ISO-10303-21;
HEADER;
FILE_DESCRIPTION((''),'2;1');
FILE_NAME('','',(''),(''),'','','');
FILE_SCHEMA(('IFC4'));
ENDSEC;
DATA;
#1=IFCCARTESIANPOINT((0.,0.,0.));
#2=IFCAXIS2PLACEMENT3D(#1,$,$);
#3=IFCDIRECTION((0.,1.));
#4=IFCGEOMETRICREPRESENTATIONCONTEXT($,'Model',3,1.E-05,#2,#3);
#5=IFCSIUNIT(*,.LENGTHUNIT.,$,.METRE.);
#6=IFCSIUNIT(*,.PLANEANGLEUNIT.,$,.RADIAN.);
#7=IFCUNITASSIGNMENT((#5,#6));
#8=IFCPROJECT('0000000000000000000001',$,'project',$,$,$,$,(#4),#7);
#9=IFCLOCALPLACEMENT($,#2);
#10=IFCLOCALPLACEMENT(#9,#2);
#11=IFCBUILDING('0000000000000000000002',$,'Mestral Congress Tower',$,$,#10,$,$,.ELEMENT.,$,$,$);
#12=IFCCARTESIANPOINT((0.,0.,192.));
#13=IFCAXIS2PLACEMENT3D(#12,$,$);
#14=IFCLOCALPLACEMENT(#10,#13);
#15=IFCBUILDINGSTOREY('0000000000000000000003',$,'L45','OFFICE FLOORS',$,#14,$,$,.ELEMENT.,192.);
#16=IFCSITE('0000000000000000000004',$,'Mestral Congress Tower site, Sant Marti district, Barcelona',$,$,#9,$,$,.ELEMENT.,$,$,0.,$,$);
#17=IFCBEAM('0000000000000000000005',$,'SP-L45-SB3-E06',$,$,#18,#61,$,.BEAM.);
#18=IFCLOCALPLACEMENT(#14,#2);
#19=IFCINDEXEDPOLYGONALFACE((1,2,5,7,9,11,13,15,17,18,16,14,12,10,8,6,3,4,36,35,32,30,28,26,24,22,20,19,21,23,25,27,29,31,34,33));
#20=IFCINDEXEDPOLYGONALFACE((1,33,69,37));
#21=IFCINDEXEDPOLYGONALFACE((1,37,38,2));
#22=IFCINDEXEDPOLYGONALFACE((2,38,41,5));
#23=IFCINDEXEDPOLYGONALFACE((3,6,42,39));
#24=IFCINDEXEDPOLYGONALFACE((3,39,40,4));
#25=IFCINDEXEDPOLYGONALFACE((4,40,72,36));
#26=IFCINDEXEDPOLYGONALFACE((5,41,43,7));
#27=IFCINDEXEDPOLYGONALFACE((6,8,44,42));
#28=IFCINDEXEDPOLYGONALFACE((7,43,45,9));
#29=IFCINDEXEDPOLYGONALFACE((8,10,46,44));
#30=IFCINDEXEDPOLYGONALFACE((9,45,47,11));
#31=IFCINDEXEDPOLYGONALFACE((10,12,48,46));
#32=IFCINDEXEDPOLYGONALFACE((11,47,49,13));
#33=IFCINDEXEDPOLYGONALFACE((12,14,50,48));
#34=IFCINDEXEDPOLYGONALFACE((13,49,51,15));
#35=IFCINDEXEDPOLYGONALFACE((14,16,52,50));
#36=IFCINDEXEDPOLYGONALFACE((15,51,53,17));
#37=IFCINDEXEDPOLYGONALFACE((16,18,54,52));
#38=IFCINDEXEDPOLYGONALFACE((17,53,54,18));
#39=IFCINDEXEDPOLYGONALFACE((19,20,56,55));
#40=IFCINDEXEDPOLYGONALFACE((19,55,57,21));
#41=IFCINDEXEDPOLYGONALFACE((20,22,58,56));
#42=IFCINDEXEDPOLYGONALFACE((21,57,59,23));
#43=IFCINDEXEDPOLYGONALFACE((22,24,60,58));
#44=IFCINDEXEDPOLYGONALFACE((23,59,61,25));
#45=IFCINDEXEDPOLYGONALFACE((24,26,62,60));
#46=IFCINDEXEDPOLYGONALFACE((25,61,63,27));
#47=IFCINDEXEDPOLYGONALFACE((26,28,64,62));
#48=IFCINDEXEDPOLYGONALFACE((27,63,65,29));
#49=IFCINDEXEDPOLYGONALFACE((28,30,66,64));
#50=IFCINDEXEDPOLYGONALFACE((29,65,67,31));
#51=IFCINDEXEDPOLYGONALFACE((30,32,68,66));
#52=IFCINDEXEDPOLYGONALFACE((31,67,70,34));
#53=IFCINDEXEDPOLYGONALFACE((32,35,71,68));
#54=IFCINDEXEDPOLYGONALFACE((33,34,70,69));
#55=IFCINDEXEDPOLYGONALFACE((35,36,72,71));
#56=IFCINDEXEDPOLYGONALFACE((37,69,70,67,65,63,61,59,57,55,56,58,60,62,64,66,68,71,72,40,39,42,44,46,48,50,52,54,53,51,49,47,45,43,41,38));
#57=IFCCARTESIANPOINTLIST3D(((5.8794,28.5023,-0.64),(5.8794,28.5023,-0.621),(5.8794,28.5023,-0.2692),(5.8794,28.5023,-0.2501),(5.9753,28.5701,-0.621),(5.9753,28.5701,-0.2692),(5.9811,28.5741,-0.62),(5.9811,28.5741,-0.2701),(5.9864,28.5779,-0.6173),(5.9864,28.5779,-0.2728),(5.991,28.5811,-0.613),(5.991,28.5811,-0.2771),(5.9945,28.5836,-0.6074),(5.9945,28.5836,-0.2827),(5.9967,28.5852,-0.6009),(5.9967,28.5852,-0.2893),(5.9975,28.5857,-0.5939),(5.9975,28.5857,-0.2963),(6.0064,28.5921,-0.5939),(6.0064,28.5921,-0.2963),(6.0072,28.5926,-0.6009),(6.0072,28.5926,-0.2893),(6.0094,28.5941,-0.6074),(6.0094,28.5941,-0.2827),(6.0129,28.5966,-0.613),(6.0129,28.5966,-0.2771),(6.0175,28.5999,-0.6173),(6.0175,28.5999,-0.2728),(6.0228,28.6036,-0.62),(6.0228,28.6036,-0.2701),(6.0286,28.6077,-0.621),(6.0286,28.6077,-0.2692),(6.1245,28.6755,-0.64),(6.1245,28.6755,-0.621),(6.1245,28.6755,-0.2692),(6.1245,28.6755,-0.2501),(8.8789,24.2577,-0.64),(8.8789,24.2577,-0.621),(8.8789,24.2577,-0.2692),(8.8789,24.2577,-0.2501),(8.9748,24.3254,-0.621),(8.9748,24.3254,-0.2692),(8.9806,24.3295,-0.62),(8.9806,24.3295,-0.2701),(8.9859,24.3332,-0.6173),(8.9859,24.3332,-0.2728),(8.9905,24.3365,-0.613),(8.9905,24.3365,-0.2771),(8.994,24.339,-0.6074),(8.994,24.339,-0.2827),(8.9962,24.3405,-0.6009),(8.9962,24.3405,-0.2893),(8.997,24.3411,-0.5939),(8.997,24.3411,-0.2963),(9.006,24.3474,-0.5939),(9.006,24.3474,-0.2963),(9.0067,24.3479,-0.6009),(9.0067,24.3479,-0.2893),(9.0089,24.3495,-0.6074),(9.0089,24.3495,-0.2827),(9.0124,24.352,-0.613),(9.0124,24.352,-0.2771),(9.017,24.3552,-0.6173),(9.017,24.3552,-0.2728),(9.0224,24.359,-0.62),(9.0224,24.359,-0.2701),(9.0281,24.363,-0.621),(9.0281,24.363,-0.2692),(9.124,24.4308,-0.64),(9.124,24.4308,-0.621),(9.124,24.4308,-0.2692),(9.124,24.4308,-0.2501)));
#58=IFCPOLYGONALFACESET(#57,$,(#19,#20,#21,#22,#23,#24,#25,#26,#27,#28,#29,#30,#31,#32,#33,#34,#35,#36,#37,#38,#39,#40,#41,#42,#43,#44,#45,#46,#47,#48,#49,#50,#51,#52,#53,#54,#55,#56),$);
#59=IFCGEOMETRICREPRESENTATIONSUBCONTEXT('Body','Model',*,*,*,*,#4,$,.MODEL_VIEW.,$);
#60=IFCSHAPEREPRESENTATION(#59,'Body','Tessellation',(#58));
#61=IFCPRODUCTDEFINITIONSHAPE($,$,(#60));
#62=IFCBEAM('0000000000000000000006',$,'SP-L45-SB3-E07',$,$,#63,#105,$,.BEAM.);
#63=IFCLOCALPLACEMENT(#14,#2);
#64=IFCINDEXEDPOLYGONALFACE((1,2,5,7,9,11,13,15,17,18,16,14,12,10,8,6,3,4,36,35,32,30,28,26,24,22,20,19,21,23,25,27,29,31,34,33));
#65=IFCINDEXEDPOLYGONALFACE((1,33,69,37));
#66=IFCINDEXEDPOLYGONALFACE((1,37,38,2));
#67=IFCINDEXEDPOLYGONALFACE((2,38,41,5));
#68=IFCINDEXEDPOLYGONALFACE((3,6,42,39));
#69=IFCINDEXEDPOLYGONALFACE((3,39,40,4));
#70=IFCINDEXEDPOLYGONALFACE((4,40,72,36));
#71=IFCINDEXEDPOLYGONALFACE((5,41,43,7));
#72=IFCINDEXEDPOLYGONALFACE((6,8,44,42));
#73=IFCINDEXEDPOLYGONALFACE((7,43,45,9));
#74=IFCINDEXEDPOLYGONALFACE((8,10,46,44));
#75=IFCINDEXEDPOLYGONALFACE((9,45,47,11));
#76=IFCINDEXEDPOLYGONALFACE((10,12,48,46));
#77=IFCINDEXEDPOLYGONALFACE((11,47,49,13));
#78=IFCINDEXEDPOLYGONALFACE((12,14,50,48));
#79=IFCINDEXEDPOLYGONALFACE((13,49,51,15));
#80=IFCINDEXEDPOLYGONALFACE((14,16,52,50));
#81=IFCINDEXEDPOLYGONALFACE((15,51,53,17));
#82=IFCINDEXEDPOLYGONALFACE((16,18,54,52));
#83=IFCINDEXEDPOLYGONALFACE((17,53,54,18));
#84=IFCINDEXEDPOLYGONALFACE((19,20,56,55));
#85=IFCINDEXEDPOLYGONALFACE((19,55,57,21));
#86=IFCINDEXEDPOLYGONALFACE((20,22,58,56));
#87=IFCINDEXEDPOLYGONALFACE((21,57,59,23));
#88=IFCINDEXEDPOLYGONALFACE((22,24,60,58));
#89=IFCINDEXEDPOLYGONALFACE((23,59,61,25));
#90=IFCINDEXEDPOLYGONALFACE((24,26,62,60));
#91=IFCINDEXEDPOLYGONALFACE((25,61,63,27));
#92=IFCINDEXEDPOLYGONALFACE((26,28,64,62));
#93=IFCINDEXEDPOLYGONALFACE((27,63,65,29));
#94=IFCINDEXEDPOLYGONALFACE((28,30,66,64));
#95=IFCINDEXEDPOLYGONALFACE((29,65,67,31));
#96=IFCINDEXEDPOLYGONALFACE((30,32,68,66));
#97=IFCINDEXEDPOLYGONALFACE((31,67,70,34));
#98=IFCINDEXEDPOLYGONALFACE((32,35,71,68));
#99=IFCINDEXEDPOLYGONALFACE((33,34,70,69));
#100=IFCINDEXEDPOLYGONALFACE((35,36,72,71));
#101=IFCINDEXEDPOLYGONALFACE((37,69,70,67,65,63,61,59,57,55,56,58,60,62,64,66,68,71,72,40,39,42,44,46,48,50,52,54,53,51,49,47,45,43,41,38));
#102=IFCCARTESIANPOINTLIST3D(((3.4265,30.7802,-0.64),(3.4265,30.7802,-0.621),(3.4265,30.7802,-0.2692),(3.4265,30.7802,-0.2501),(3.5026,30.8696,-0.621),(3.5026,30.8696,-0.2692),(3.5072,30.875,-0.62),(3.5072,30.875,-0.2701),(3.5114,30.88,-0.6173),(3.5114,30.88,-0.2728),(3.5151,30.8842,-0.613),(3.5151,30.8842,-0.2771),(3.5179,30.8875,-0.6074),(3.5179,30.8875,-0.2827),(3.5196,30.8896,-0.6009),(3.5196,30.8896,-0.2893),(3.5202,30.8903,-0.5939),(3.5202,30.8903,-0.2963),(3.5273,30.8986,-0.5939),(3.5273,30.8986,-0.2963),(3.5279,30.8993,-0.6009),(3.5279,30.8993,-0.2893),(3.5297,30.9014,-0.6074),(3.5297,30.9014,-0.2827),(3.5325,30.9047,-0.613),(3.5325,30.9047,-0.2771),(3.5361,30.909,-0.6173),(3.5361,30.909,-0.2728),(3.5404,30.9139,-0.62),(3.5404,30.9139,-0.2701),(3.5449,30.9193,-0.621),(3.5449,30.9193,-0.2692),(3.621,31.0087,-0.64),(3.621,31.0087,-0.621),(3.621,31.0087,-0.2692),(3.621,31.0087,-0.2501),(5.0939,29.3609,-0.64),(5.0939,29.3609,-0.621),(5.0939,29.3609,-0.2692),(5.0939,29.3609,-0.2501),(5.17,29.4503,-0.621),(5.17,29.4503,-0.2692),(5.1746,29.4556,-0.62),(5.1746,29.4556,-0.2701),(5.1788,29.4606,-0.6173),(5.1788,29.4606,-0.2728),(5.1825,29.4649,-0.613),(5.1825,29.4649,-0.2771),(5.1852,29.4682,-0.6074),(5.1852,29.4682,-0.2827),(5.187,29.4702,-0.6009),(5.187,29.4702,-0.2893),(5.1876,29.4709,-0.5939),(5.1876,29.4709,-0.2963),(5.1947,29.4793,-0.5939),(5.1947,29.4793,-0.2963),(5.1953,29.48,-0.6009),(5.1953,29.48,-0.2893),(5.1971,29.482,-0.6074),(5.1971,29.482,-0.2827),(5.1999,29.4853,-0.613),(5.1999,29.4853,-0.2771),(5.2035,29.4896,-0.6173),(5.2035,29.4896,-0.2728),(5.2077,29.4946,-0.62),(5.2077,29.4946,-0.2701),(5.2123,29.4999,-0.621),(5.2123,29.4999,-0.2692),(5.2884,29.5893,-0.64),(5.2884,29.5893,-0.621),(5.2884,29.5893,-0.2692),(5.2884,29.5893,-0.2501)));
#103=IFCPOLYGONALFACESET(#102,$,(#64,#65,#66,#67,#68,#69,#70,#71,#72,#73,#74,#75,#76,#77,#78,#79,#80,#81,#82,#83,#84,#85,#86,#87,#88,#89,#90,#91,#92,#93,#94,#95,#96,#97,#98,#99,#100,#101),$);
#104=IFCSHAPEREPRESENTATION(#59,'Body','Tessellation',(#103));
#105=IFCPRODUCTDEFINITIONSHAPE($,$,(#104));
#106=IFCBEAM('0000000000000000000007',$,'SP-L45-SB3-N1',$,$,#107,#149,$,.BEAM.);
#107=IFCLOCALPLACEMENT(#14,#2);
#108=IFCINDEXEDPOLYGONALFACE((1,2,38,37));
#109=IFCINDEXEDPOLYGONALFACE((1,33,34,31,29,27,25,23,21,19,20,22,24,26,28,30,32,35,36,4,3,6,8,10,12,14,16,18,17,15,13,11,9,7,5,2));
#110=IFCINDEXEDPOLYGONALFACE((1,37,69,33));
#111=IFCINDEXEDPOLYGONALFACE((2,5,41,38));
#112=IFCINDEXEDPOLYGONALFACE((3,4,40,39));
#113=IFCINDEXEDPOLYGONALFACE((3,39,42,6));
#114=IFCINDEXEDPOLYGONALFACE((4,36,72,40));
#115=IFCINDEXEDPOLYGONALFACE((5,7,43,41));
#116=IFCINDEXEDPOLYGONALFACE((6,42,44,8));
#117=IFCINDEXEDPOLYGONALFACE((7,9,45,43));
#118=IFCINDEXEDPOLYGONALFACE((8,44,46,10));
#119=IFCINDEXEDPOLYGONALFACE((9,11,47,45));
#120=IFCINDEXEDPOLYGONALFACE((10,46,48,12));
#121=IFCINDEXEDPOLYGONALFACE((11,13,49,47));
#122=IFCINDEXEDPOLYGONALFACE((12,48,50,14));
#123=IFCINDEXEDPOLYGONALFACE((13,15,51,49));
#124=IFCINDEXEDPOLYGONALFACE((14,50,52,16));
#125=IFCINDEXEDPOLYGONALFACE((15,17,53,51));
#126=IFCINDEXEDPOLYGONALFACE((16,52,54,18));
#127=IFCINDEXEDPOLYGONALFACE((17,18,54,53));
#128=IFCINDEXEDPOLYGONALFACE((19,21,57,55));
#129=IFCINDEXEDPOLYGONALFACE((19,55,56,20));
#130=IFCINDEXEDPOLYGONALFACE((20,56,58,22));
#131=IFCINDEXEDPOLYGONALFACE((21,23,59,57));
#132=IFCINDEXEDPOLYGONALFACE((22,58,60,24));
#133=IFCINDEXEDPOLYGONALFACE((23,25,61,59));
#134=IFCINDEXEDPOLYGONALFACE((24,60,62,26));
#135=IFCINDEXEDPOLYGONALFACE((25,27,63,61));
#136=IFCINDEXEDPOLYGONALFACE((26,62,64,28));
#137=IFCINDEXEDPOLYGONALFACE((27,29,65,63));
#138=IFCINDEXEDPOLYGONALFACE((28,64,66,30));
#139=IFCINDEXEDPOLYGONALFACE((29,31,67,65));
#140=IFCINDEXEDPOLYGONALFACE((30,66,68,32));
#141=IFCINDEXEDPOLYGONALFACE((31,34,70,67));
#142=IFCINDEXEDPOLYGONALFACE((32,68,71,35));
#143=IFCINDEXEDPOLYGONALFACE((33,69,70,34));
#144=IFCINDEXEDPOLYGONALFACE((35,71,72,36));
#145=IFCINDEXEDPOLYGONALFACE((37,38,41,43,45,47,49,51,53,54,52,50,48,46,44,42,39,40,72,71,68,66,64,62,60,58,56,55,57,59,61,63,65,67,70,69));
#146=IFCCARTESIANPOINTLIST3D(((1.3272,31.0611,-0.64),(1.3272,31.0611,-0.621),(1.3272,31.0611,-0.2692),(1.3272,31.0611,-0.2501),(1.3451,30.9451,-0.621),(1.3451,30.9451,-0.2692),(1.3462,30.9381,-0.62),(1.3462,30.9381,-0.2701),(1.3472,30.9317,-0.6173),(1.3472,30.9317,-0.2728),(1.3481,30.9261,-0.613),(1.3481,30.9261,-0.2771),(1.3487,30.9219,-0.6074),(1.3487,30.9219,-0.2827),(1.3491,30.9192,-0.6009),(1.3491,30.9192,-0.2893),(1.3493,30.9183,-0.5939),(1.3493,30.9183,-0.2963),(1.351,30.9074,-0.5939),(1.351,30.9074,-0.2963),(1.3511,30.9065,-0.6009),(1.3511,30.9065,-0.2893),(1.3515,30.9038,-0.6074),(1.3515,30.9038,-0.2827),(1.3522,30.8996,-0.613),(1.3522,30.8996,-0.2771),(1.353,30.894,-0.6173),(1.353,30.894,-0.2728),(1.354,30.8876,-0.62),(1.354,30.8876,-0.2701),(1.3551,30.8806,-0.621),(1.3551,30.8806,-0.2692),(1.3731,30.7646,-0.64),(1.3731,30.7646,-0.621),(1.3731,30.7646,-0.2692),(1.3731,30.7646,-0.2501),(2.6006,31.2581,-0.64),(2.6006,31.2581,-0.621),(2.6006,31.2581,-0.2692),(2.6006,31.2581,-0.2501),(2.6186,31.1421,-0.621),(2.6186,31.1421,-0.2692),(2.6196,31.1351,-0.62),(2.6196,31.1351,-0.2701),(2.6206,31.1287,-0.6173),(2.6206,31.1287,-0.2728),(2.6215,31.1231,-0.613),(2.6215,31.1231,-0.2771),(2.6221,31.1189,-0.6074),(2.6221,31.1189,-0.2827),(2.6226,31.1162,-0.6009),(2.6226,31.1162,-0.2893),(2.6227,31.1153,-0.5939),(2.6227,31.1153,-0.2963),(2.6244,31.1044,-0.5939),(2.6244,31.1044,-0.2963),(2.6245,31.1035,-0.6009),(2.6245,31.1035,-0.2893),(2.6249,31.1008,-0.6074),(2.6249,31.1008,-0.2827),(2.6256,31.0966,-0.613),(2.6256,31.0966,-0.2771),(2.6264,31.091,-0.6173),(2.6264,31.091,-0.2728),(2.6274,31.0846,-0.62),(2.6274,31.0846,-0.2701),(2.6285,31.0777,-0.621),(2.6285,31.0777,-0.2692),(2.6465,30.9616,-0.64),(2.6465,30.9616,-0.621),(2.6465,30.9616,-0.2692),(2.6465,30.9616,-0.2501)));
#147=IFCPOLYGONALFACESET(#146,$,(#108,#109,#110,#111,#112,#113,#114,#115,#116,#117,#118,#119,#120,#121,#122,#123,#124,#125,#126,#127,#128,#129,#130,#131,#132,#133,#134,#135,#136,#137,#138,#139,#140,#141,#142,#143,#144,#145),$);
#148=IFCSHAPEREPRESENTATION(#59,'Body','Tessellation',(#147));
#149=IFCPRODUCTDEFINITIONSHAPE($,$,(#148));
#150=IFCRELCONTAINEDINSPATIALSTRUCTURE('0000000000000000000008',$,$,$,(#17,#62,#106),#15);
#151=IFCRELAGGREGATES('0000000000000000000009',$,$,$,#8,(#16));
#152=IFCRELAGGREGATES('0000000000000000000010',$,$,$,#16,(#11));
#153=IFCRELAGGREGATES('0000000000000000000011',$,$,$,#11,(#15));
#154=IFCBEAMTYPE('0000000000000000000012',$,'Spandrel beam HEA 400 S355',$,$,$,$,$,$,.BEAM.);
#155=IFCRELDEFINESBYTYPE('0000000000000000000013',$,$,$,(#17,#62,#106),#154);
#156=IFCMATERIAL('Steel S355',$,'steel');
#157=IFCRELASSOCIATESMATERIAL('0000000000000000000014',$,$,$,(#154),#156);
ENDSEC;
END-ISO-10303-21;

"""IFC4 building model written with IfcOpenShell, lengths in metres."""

from ifc_helpers import new_model, si_unit, direction, frame, origin, origin_2d, place, context, subcontext, project, spatial, i_section, extrude, material, material_profile, profile_set, type_object, element, save


model = new_model("IFC4")

# Units and contexts
model_context = context("Model", 3, precision=1e-05, world=origin(), true_north=direction((0.0, 1.0)))
body_context = subcontext(model_context, "Body", "Model", "MODEL_VIEW")
ifc_project = project(units=[si_unit("LENGTHUNIT", "METRE"), si_unit("PLANEANGLEUNIT", "RADIAN")], contexts=[model_context])

# Site, building, storey
site_placement = place(None, origin())
site = spatial("IfcSite", under=ifc_project, at=site_placement, Name="Mestral Congress Tower site, Sant Marti district, Barcelona", CompositionType="ELEMENT", RefElevation=0.0)
building_placement = place(site_placement, origin())
building = spatial("IfcBuilding", under=site, at=building_placement, Name="Mestral Congress Tower", CompositionType="ELEMENT")
storey_placement = place(building_placement, frame((0.0, 0.0, 192.0)))
storey = spatial("IfcBuildingStorey", under=building, at=storey_placement, Name="L45", Description="OFFICE FLOORS", CompositionType="ELEMENT", Elevation=192.0)

# Beams
ifc_material_1 = material(Name="Steel S355", Category="steel")
ifc_material_profile_1 = material_profile(ifc_material_1, i_section(OverallWidth=0.3, OverallDepth=0.3899, WebThickness=0.011, FlangeThickness=0.019, FilletRadius=0.0271, at=origin_2d()), Name="HEA 400")
ifc_profile_set_1 = profile_set([ifc_material_profile_1], Name="Steel S355")
beam_type_1 = type_object("IfcBeamType", Name="Spandrel beam HEA 400 S355", PredefinedType="BEAM", material=ifc_profile_set_1)
beam_1_placement = place(storey_placement, frame((9.0015, 24.3442, -0.4451), z_axis=(-0.577107, 0.816668, 0.0), x_axis=(-0.816668, -0.577107, 0.0)))
element("IfcBeam", 1, at=beam_1_placement, inside=storey, type_object=beam_type_1, Name="SP-L45-SB3-E06", PredefinedType="BEAM", context=body_context, shape_type="SweptSolid", body=[
    extrude(i_section(OverallWidth=0.3, OverallDepth=0.3899, WebThickness=0.011, FlangeThickness=0.019, FilletRadius=0.0271, at=origin_2d()), origin(), (0.0, 0.0, 1.0), 5.1975),
])
beam_2_placement = place(storey_placement, frame((5.1912, 29.4751, -0.4451), z_axis=(-0.761471, 0.648198, 0.0), x_axis=(-0.648198, -0.761471, 0.0)))
element("IfcBeam", 2, at=beam_2_placement, inside=storey, type_object=beam_type_1, Name="SP-L45-SB3-E07", PredefinedType="BEAM", context=body_context, shape_type="SweptSolid", body=[
    extrude(i_section(OverallWidth=0.3, OverallDepth=0.3899, WebThickness=0.011, FlangeThickness=0.019, FilletRadius=0.0271, at=origin_2d()), origin(), (0.0, 0.0, 1.0), 2.1897),
])
beam_3_placement = place(storey_placement, frame((2.6235, 31.1099, -0.4451), z_axis=(-0.988242, -0.152897, 0.0), x_axis=(0.152897, -0.988242, 0.0)))
element("IfcBeam", 3, at=beam_3_placement, inside=storey, type_object=beam_type_1, Name="SP-L45-SB3-N1", PredefinedType="BEAM", context=body_context, shape_type="SweptSolid", body=[
    extrude(i_section(OverallWidth=0.3, OverallDepth=0.3899, WebThickness=0.011, FlangeThickness=0.019, FilletRadius=0.0271, at=origin_2d()), origin(), (0.0, 0.0, 1.0), 1.2886),
])

save(model, "model.ifc")
